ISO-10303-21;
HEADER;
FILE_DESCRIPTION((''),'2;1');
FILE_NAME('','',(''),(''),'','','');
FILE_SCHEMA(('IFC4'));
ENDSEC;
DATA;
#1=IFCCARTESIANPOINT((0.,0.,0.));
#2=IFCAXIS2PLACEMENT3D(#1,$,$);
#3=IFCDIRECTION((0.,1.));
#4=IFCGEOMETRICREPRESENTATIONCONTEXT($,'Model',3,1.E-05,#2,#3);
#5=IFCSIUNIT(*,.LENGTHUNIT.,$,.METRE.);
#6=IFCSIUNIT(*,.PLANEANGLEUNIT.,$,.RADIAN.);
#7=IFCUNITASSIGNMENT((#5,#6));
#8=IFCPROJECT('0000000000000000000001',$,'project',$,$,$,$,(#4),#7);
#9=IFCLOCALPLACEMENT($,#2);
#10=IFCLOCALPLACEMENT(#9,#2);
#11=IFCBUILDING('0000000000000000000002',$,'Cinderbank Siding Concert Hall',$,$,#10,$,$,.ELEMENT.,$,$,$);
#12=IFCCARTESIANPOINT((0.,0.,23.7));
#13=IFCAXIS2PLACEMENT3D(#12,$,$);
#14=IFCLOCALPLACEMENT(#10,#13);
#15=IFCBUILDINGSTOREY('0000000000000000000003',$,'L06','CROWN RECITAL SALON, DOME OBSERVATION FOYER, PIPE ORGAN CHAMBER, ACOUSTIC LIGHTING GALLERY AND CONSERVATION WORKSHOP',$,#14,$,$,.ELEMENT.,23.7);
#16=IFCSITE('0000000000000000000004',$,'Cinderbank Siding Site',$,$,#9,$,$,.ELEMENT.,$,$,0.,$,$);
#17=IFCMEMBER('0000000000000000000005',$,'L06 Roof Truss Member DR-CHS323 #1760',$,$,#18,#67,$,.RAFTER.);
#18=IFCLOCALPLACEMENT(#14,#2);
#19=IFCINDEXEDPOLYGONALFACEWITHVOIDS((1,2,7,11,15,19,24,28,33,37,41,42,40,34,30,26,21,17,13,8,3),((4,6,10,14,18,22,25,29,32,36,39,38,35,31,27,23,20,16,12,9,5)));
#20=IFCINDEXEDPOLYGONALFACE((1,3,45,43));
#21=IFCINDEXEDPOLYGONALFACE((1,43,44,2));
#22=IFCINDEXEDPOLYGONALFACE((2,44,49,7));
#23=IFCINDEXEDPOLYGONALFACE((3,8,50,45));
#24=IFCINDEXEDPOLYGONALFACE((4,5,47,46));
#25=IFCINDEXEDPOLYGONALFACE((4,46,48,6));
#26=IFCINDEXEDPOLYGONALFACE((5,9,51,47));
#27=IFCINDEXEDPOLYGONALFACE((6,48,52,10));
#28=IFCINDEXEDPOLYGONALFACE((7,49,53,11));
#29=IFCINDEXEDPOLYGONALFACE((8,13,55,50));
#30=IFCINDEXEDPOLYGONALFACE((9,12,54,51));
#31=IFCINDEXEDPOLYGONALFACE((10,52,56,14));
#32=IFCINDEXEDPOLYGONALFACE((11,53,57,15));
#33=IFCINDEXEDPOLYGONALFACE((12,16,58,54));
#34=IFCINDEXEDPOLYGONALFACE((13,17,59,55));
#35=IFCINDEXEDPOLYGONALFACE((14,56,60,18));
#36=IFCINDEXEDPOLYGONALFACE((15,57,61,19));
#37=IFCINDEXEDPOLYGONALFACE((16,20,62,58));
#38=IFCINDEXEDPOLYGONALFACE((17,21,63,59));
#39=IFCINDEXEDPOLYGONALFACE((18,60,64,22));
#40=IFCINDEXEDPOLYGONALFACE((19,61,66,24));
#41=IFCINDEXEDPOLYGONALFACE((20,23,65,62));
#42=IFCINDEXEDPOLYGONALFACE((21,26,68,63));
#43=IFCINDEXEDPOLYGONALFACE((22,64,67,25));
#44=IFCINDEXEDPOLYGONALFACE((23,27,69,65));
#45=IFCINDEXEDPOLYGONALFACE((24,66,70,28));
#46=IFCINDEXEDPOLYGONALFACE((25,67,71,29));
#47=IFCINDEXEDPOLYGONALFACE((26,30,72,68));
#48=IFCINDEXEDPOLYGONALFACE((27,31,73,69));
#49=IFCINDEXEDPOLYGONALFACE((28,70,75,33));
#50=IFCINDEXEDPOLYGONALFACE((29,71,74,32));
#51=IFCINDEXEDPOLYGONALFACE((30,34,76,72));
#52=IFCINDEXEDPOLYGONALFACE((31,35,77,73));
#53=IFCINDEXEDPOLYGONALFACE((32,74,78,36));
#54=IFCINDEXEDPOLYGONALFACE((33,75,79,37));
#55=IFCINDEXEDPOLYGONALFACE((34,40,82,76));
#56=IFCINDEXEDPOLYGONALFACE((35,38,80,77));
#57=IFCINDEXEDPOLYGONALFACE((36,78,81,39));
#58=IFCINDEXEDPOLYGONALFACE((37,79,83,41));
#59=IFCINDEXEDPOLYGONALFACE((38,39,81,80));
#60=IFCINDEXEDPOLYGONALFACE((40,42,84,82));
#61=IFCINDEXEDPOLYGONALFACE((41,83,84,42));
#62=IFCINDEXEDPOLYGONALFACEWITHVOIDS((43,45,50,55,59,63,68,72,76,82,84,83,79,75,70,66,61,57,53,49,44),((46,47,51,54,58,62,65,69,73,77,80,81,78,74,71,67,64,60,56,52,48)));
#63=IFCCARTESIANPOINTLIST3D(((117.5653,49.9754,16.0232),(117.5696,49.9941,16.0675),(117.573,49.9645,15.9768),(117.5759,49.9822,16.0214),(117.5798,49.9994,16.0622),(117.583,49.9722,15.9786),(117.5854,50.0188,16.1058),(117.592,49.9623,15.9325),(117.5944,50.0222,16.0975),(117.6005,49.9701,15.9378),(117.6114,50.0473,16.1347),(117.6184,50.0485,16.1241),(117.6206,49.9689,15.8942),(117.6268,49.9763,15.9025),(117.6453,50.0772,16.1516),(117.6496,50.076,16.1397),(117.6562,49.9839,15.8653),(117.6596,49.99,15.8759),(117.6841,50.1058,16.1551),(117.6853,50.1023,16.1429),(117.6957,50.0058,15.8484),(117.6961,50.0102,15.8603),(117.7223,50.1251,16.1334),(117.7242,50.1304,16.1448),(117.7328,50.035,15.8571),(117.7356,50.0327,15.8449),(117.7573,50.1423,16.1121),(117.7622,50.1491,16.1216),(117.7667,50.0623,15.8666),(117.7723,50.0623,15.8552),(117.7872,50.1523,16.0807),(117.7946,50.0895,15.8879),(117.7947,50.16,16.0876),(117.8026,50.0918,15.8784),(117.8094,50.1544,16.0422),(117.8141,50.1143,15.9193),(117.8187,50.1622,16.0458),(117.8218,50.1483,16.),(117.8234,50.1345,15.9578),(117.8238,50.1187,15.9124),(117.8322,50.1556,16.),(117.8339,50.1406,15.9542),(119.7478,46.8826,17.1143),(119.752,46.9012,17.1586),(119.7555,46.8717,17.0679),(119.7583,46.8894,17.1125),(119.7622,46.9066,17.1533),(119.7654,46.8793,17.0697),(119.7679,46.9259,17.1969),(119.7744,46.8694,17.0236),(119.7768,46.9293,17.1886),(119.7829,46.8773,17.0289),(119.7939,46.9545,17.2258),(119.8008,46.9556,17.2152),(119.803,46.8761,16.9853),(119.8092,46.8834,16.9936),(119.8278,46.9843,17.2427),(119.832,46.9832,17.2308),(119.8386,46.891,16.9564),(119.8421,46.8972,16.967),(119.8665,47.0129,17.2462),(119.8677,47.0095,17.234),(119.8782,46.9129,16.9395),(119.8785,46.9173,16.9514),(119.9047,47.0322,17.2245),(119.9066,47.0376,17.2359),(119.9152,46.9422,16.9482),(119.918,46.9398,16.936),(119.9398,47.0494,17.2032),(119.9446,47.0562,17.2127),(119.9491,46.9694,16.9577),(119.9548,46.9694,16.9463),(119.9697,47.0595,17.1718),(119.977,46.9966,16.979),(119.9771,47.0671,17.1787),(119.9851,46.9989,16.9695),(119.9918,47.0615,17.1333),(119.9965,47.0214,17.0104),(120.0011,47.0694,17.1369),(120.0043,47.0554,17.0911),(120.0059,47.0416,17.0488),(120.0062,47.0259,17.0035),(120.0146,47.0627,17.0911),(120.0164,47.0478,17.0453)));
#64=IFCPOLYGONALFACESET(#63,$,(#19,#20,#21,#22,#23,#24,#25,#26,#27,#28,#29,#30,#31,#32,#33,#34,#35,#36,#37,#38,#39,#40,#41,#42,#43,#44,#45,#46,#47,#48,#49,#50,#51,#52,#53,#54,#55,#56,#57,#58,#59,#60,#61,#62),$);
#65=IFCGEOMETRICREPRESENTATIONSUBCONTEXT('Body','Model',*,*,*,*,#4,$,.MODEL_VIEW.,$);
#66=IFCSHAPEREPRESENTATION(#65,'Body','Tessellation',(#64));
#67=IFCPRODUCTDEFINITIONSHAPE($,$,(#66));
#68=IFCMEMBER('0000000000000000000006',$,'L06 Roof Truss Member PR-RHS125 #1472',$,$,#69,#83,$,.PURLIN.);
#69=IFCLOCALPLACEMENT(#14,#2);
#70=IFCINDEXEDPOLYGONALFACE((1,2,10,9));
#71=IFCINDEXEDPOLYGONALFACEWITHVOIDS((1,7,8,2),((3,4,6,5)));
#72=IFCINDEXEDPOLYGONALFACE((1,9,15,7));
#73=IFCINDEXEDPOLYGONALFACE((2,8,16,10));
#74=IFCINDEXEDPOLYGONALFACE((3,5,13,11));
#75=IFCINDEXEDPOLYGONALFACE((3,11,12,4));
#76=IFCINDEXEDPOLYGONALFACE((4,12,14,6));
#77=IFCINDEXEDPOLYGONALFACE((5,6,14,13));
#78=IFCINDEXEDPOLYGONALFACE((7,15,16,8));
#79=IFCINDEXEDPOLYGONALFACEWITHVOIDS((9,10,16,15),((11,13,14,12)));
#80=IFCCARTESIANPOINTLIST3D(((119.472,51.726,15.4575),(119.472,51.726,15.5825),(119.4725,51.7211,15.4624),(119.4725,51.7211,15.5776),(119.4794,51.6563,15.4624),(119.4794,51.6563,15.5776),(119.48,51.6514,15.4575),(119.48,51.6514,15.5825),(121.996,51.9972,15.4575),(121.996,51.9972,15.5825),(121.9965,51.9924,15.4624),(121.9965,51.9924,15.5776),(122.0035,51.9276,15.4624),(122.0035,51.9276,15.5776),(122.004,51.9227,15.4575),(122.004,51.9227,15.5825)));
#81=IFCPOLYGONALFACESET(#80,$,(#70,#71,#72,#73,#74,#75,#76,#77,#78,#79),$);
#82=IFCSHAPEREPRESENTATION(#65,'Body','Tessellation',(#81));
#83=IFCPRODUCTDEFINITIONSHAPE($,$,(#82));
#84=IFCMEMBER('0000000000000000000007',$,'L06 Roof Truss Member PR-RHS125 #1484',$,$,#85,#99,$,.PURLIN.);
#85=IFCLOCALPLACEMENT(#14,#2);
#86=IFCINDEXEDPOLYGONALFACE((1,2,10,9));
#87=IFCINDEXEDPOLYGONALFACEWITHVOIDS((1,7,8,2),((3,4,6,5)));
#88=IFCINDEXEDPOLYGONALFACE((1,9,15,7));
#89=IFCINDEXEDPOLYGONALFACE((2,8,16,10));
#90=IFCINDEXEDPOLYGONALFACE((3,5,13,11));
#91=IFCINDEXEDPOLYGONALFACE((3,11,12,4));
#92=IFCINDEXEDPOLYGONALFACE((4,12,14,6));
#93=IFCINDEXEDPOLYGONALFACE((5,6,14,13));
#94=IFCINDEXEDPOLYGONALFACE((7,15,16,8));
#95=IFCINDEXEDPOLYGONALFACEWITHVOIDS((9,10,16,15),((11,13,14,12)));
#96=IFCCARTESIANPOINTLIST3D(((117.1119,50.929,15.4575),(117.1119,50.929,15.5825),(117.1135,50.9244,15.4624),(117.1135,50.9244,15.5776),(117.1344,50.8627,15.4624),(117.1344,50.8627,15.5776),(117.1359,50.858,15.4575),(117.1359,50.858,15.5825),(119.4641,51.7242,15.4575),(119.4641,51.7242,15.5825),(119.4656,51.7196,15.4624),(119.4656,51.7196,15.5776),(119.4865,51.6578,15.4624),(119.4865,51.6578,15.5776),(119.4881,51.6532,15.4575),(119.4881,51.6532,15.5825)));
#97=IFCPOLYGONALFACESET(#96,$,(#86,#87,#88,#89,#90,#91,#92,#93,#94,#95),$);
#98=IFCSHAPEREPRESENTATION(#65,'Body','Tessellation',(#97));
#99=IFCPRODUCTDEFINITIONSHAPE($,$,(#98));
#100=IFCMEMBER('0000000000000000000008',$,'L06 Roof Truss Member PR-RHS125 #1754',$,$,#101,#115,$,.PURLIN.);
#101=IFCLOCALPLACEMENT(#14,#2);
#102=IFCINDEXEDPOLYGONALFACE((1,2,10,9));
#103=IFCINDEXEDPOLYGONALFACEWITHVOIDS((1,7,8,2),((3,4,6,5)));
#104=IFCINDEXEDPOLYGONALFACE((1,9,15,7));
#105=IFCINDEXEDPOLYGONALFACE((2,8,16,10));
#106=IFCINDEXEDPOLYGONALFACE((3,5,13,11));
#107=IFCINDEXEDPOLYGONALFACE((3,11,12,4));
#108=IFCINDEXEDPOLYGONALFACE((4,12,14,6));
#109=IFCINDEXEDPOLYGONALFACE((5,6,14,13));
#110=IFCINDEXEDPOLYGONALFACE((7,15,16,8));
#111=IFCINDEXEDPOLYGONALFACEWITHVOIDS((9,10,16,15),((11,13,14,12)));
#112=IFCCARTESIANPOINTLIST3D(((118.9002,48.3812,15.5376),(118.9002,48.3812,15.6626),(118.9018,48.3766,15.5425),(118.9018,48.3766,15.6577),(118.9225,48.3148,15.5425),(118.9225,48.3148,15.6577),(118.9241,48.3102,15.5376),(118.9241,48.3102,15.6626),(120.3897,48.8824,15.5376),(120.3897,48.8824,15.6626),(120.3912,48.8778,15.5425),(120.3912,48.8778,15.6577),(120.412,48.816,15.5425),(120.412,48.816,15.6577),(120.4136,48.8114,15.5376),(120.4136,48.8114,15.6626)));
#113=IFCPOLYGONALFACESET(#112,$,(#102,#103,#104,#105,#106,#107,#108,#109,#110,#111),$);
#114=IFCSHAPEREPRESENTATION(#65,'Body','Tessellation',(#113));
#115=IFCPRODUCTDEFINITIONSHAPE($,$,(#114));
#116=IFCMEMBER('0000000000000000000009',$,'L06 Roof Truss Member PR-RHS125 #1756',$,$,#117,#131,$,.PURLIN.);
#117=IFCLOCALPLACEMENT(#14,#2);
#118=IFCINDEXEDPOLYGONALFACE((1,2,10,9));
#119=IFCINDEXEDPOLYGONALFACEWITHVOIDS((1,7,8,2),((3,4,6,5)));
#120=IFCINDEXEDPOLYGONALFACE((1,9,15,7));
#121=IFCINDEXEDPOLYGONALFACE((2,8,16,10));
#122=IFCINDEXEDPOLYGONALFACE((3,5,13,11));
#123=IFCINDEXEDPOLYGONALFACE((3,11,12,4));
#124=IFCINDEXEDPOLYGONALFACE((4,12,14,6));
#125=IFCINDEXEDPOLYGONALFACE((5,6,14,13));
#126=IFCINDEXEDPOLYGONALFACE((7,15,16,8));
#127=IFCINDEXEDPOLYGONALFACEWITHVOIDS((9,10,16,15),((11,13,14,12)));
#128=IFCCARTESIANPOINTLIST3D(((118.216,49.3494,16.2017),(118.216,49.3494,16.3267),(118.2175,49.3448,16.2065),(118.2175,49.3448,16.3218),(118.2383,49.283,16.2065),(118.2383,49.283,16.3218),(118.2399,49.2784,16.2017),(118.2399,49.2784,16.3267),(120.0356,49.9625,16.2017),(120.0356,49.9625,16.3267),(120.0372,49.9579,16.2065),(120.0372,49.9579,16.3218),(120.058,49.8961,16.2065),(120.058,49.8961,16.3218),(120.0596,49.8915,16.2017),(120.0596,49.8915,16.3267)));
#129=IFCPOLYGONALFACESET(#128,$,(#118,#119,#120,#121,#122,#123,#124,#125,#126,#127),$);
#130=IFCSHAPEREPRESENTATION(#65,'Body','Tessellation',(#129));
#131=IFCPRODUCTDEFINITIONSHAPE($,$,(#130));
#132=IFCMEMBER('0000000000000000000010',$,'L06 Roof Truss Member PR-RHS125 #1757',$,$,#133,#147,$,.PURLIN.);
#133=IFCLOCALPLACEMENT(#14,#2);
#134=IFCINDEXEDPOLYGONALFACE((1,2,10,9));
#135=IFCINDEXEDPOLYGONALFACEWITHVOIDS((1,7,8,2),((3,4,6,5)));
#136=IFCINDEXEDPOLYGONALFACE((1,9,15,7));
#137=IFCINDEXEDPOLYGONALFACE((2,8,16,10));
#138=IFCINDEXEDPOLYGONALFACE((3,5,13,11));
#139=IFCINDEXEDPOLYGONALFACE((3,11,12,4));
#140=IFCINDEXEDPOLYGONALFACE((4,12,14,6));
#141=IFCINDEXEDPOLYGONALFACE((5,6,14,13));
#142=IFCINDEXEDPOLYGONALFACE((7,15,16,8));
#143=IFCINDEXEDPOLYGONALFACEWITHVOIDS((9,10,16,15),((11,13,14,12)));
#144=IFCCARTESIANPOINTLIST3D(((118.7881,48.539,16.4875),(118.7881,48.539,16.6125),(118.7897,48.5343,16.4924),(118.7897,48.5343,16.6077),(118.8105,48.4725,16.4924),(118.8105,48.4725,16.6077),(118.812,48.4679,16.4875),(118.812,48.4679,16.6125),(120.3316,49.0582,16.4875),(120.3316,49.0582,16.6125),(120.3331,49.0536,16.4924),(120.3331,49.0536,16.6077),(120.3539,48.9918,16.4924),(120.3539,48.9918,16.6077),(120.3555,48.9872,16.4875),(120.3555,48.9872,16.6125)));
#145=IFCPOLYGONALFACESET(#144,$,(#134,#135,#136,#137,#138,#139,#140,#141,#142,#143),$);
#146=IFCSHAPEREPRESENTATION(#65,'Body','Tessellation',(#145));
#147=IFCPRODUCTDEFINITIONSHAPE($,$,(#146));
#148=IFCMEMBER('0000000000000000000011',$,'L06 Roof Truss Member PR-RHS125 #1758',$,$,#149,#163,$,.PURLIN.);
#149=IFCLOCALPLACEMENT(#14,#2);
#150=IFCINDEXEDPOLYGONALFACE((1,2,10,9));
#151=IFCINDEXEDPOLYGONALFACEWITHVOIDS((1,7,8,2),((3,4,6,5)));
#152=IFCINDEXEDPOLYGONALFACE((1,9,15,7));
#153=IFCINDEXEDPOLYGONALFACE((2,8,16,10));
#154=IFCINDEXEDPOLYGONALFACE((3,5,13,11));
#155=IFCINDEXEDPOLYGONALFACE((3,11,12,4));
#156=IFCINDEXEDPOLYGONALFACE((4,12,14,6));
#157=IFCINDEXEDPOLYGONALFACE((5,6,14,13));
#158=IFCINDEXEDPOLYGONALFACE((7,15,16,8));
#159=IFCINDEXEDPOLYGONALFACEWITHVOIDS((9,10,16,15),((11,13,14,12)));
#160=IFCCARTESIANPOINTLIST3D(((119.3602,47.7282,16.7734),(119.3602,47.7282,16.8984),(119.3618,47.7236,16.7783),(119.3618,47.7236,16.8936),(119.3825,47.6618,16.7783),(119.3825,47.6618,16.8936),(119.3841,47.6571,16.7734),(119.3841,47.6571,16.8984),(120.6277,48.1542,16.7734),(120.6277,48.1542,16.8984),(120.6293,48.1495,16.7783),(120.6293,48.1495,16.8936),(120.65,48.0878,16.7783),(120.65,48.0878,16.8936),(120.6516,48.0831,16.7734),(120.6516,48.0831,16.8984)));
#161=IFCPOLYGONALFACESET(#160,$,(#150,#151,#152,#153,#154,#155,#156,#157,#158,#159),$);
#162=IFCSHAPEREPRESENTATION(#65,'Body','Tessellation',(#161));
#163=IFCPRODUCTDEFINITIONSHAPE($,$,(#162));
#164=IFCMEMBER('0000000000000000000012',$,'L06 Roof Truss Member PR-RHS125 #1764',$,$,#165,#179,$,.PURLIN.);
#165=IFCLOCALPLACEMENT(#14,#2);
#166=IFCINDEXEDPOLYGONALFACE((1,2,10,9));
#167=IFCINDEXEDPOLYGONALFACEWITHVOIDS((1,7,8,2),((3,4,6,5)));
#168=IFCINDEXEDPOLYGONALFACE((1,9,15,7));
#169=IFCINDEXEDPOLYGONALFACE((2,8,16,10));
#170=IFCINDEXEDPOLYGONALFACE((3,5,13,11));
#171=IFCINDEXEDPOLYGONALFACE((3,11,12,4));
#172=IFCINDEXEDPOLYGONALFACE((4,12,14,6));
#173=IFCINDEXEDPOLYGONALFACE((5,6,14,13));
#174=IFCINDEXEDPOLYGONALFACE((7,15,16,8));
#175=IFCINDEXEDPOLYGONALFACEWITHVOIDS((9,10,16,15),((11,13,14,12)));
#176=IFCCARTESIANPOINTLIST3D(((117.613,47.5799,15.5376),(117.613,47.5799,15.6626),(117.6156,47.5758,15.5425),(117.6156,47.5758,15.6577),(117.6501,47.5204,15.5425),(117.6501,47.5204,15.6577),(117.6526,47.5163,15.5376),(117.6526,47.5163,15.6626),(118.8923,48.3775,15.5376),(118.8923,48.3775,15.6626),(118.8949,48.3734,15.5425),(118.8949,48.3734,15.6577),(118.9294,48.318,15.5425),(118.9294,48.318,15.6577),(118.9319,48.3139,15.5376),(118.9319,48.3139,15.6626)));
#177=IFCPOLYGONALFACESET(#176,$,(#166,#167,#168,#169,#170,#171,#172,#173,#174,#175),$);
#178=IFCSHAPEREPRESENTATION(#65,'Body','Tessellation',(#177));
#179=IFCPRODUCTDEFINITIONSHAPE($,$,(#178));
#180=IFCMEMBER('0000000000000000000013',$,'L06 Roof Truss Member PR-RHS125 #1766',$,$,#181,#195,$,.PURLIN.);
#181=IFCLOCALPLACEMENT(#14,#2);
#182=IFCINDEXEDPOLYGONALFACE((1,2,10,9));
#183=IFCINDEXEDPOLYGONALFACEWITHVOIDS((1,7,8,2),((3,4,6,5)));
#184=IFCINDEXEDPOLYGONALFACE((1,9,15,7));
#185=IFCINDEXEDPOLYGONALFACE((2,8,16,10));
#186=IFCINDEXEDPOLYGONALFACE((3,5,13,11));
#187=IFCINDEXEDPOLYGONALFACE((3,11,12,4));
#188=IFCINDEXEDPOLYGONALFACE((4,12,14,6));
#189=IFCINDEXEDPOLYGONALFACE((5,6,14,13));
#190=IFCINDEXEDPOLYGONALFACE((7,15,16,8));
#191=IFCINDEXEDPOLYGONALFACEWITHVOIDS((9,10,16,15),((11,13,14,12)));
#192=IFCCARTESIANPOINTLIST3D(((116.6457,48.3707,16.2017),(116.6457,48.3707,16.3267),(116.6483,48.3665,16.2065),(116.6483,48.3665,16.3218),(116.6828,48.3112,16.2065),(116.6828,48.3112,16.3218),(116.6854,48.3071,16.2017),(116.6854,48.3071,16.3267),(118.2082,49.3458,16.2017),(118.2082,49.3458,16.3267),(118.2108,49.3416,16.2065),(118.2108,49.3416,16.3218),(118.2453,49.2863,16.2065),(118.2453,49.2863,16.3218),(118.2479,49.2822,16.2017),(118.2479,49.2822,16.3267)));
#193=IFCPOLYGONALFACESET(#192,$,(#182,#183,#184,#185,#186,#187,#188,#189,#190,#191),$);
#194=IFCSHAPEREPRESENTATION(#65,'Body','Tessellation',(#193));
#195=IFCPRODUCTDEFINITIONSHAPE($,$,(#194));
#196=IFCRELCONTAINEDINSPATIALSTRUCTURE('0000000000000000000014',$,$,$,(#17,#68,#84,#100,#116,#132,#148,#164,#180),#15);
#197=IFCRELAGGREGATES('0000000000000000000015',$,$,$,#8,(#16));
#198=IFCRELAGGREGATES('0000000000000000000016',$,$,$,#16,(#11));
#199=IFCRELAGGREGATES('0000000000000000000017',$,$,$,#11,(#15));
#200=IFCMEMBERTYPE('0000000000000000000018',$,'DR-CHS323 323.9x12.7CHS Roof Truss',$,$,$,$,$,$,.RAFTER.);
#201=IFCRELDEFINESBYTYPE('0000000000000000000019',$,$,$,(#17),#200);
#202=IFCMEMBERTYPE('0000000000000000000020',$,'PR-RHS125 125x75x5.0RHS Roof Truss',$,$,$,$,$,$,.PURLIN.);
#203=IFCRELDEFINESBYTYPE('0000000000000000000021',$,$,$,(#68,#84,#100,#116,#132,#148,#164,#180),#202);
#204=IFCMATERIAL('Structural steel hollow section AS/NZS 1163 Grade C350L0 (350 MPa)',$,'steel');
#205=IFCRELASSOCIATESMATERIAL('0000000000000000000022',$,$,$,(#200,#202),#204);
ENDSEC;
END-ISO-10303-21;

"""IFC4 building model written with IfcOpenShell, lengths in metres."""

from ifc_helpers import new_model, si_unit, direction, frame, origin, origin_2d, place, context, subcontext, project, spatial, hollow_rectangle, hollow_circle, extrude, material, material_profile, profile_set, type_object, element, save


model = new_model("IFC4")

# Units and contexts
model_context = context("Model", 3, precision=1e-05, world=origin(), true_north=direction((0.0, 1.0)))
body_context = subcontext(model_context, "Body", "Model", "MODEL_VIEW")
ifc_project = project(units=[si_unit("LENGTHUNIT", "METRE"), si_unit("PLANEANGLEUNIT", "RADIAN")], contexts=[model_context])

# Site, building, storey
site_placement = place(None, origin())
site = spatial("IfcSite", under=ifc_project, at=site_placement, Name="Cinderbank Siding Site", CompositionType="ELEMENT", RefElevation=0.0)
building_placement = place(site_placement, origin())
building = spatial("IfcBuilding", under=site, at=building_placement, Name="Cinderbank Siding Concert Hall", CompositionType="ELEMENT")
storey_placement = place(building_placement, frame((0.0, 0.0, 23.7)))
storey = spatial("IfcBuildingStorey", under=building, at=storey_placement, Name="L06", Description="CROWN RECITAL SALON, DOME OBSERVATION FOYER, PIPE ORGAN CHAMBER, ACOUSTIC LIGHTING GALLERY AND CONSERVATION WORKSHOP", CompositionType="ELEMENT", Elevation=23.7)

# Members
ifc_material_1 = material(Name="Structural steel hollow section AS/NZS 1163 Grade C350L0 (350 MPa)", Category="steel")
ifc_material_profile_1 = material_profile(ifc_material_1, hollow_circle(Radius=0.1619, WallThickness=0.0127, at=origin_2d()), Name="323.9x12.7CHS", Category="LoadBearing")
ifc_profile_set_1 = profile_set([ifc_material_profile_1], Name="Structural steel hollow section AS/NZS 1163 Grade C350L0 (350 MPa)")
member_type_1 = type_object("IfcMemberType", Name="DR-CHS323 323.9x12.7CHS Roof Truss", PredefinedType="RAFTER", material=ifc_profile_set_1)
member_1_placement = place(storey_placement, frame((117.7, 50.0623, 16.0), z_axis=(0.553994, -0.785099, 0.276966), x_axis=(0.817063, 0.576549, 0.0)))
element("IfcMember", 1, at=member_1_placement, inside=storey, type_object=member_type_1, Name="L06 Roof Truss Member DR-CHS323 #1760", PredefinedType="RAFTER", context=body_context, shape_type="SweptSolid", body=[
    extrude(hollow_circle(Radius=0.1619, WallThickness=0.0127, at=origin_2d()), origin(), (0.0, 0.0, 1.0), 3.9395),
])
ifc_material_profile_2 = material_profile(ifc_material_1, hollow_rectangle(XDim=0.075, YDim=0.125, WallThickness=0.0049, at=origin_2d()), Name="125x75x5.0RHS", Category="LoadBearing")
ifc_profile_set_2 = profile_set([ifc_material_profile_2], Name="Structural steel hollow section AS/NZS 1163 Grade C350L0 (350 MPa)")
member_type_2 = type_object("IfcMemberType", Name="PR-RHS125 125x75x5.0RHS Roof Truss", PredefinedType="PURLIN", material=ifc_profile_set_2)
member_2_placement = place(storey_placement, frame((122.0, 51.96, 15.52), z_axis=(-0.994275, -0.106852, 0.0), x_axis=(0.106852, -0.994275, 0.0)))
element("IfcMember", 2, at=member_2_placement, inside=storey, type_object=member_type_2, Name="L06 Roof Truss Member PR-RHS125 #1472", PredefinedType="PURLIN", context=body_context, shape_type="SweptSolid", body=[
    extrude(hollow_rectangle(XDim=0.075, YDim=0.125, WallThickness=0.0049, at=origin_2d()), origin(), (0.0, 0.0, 1.0), 2.5386),
])
member_3_placement = place(storey_placement, frame((119.4761, 51.6887, 15.52), z_axis=(-0.947328, -0.320266, 0.0), x_axis=(0.320266, -0.947328, 0.0)))
element("IfcMember", 3, at=member_3_placement, inside=storey, type_object=member_type_2, Name="L06 Roof Truss Member PR-RHS125 #1484", PredefinedType="PURLIN", context=body_context, shape_type="SweptSolid", body=[
    extrude(hollow_rectangle(XDim=0.075, YDim=0.125, WallThickness=0.0049, at=origin_2d()), origin(), (0.0, 0.0, 1.0), 2.4829),
])
member_4_placement = place(storey_placement, frame((120.4016, 48.8469, 15.6001), z_axis=(-0.947778, -0.31893, 0.0), x_axis=(0.31893, -0.947778, 0.0)))
element("IfcMember", 4, at=member_4_placement, inside=storey, type_object=member_type_2, Name="L06 Roof Truss Member PR-RHS125 #1754", PredefinedType="PURLIN", context=body_context, shape_type="SweptSolid", body=[
    extrude(hollow_rectangle(XDim=0.075, YDim=0.125, WallThickness=0.0049, at=origin_2d()), origin(), (0.0, 0.0, 1.0), 1.5715),
])
member_5_placement = place(storey_placement, frame((120.0476, 49.927, 16.2642), z_axis=(-0.947661, -0.319278, 0.0), x_axis=(0.319278, -0.947661, 0.0)))
element("IfcMember", 5, at=member_5_placement, inside=storey, type_object=member_type_2, Name="L06 Roof Truss Member PR-RHS125 #1756", PredefinedType="PURLIN", context=body_context, shape_type="SweptSolid", body=[
    extrude(hollow_rectangle(XDim=0.075, YDim=0.125, WallThickness=0.0049, at=origin_2d()), origin(), (0.0, 0.0, 1.0), 1.9202),
])
member_6_placement = place(storey_placement, frame((120.3435, 49.0227, 16.55), z_axis=(-0.947795, -0.31888, 0.0), x_axis=(0.31888, -0.947795, 0.0)))
element("IfcMember", 6, at=member_6_placement, inside=storey, type_object=member_type_2, Name="L06 Roof Truss Member PR-RHS125 #1757", PredefinedType="PURLIN", context=body_context, shape_type="SweptSolid", body=[
    extrude(hollow_rectangle(XDim=0.075, YDim=0.125, WallThickness=0.0049, at=origin_2d()), origin(), (0.0, 0.0, 1.0), 1.6284),
])
member_7_placement = place(storey_placement, frame((120.6396, 48.1187, 16.8359), z_axis=(-0.947895, -0.318582, 0.0), x_axis=(0.318582, -0.947895, 0.0)))
element("IfcMember", 7, at=member_7_placement, inside=storey, type_object=member_type_2, Name="L06 Roof Truss Member PR-RHS125 #1758", PredefinedType="PURLIN", context=body_context, shape_type="SweptSolid", body=[
    extrude(hollow_rectangle(XDim=0.075, YDim=0.125, WallThickness=0.0049, at=origin_2d()), origin(), (0.0, 0.0, 1.0), 1.3372),
])
member_8_placement = place(storey_placement, frame((118.9121, 48.3457, 15.6001), z_axis=(-0.84858, -0.529067, 0.0), x_axis=(0.529067, -0.84858, 0.0)))
element("IfcMember", 8, at=member_8_placement, inside=storey, type_object=member_type_2, Name="L06 Roof Truss Member PR-RHS125 #1764", PredefinedType="PURLIN", context=body_context, shape_type="SweptSolid", body=[
    extrude(hollow_rectangle(XDim=0.075, YDim=0.125, WallThickness=0.0049, at=origin_2d()), origin(), (0.0, 0.0, 1.0), 1.5076),
])
member_9_placement = place(storey_placement, frame((118.228, 49.314, 16.2642), z_axis=(-0.848356, -0.529427, 0.0), x_axis=(0.529427, -0.848356, 0.0)))
element("IfcMember", 9, at=member_9_placement, inside=storey, type_object=member_type_2, Name="L06 Roof Truss Member PR-RHS125 #1766", PredefinedType="PURLIN", context=body_context, shape_type="SweptSolid", body=[
    extrude(hollow_rectangle(XDim=0.075, YDim=0.125, WallThickness=0.0049, at=origin_2d()), origin(), (0.0, 0.0, 1.0), 1.8418),
])

save(model, "model.ifc")
